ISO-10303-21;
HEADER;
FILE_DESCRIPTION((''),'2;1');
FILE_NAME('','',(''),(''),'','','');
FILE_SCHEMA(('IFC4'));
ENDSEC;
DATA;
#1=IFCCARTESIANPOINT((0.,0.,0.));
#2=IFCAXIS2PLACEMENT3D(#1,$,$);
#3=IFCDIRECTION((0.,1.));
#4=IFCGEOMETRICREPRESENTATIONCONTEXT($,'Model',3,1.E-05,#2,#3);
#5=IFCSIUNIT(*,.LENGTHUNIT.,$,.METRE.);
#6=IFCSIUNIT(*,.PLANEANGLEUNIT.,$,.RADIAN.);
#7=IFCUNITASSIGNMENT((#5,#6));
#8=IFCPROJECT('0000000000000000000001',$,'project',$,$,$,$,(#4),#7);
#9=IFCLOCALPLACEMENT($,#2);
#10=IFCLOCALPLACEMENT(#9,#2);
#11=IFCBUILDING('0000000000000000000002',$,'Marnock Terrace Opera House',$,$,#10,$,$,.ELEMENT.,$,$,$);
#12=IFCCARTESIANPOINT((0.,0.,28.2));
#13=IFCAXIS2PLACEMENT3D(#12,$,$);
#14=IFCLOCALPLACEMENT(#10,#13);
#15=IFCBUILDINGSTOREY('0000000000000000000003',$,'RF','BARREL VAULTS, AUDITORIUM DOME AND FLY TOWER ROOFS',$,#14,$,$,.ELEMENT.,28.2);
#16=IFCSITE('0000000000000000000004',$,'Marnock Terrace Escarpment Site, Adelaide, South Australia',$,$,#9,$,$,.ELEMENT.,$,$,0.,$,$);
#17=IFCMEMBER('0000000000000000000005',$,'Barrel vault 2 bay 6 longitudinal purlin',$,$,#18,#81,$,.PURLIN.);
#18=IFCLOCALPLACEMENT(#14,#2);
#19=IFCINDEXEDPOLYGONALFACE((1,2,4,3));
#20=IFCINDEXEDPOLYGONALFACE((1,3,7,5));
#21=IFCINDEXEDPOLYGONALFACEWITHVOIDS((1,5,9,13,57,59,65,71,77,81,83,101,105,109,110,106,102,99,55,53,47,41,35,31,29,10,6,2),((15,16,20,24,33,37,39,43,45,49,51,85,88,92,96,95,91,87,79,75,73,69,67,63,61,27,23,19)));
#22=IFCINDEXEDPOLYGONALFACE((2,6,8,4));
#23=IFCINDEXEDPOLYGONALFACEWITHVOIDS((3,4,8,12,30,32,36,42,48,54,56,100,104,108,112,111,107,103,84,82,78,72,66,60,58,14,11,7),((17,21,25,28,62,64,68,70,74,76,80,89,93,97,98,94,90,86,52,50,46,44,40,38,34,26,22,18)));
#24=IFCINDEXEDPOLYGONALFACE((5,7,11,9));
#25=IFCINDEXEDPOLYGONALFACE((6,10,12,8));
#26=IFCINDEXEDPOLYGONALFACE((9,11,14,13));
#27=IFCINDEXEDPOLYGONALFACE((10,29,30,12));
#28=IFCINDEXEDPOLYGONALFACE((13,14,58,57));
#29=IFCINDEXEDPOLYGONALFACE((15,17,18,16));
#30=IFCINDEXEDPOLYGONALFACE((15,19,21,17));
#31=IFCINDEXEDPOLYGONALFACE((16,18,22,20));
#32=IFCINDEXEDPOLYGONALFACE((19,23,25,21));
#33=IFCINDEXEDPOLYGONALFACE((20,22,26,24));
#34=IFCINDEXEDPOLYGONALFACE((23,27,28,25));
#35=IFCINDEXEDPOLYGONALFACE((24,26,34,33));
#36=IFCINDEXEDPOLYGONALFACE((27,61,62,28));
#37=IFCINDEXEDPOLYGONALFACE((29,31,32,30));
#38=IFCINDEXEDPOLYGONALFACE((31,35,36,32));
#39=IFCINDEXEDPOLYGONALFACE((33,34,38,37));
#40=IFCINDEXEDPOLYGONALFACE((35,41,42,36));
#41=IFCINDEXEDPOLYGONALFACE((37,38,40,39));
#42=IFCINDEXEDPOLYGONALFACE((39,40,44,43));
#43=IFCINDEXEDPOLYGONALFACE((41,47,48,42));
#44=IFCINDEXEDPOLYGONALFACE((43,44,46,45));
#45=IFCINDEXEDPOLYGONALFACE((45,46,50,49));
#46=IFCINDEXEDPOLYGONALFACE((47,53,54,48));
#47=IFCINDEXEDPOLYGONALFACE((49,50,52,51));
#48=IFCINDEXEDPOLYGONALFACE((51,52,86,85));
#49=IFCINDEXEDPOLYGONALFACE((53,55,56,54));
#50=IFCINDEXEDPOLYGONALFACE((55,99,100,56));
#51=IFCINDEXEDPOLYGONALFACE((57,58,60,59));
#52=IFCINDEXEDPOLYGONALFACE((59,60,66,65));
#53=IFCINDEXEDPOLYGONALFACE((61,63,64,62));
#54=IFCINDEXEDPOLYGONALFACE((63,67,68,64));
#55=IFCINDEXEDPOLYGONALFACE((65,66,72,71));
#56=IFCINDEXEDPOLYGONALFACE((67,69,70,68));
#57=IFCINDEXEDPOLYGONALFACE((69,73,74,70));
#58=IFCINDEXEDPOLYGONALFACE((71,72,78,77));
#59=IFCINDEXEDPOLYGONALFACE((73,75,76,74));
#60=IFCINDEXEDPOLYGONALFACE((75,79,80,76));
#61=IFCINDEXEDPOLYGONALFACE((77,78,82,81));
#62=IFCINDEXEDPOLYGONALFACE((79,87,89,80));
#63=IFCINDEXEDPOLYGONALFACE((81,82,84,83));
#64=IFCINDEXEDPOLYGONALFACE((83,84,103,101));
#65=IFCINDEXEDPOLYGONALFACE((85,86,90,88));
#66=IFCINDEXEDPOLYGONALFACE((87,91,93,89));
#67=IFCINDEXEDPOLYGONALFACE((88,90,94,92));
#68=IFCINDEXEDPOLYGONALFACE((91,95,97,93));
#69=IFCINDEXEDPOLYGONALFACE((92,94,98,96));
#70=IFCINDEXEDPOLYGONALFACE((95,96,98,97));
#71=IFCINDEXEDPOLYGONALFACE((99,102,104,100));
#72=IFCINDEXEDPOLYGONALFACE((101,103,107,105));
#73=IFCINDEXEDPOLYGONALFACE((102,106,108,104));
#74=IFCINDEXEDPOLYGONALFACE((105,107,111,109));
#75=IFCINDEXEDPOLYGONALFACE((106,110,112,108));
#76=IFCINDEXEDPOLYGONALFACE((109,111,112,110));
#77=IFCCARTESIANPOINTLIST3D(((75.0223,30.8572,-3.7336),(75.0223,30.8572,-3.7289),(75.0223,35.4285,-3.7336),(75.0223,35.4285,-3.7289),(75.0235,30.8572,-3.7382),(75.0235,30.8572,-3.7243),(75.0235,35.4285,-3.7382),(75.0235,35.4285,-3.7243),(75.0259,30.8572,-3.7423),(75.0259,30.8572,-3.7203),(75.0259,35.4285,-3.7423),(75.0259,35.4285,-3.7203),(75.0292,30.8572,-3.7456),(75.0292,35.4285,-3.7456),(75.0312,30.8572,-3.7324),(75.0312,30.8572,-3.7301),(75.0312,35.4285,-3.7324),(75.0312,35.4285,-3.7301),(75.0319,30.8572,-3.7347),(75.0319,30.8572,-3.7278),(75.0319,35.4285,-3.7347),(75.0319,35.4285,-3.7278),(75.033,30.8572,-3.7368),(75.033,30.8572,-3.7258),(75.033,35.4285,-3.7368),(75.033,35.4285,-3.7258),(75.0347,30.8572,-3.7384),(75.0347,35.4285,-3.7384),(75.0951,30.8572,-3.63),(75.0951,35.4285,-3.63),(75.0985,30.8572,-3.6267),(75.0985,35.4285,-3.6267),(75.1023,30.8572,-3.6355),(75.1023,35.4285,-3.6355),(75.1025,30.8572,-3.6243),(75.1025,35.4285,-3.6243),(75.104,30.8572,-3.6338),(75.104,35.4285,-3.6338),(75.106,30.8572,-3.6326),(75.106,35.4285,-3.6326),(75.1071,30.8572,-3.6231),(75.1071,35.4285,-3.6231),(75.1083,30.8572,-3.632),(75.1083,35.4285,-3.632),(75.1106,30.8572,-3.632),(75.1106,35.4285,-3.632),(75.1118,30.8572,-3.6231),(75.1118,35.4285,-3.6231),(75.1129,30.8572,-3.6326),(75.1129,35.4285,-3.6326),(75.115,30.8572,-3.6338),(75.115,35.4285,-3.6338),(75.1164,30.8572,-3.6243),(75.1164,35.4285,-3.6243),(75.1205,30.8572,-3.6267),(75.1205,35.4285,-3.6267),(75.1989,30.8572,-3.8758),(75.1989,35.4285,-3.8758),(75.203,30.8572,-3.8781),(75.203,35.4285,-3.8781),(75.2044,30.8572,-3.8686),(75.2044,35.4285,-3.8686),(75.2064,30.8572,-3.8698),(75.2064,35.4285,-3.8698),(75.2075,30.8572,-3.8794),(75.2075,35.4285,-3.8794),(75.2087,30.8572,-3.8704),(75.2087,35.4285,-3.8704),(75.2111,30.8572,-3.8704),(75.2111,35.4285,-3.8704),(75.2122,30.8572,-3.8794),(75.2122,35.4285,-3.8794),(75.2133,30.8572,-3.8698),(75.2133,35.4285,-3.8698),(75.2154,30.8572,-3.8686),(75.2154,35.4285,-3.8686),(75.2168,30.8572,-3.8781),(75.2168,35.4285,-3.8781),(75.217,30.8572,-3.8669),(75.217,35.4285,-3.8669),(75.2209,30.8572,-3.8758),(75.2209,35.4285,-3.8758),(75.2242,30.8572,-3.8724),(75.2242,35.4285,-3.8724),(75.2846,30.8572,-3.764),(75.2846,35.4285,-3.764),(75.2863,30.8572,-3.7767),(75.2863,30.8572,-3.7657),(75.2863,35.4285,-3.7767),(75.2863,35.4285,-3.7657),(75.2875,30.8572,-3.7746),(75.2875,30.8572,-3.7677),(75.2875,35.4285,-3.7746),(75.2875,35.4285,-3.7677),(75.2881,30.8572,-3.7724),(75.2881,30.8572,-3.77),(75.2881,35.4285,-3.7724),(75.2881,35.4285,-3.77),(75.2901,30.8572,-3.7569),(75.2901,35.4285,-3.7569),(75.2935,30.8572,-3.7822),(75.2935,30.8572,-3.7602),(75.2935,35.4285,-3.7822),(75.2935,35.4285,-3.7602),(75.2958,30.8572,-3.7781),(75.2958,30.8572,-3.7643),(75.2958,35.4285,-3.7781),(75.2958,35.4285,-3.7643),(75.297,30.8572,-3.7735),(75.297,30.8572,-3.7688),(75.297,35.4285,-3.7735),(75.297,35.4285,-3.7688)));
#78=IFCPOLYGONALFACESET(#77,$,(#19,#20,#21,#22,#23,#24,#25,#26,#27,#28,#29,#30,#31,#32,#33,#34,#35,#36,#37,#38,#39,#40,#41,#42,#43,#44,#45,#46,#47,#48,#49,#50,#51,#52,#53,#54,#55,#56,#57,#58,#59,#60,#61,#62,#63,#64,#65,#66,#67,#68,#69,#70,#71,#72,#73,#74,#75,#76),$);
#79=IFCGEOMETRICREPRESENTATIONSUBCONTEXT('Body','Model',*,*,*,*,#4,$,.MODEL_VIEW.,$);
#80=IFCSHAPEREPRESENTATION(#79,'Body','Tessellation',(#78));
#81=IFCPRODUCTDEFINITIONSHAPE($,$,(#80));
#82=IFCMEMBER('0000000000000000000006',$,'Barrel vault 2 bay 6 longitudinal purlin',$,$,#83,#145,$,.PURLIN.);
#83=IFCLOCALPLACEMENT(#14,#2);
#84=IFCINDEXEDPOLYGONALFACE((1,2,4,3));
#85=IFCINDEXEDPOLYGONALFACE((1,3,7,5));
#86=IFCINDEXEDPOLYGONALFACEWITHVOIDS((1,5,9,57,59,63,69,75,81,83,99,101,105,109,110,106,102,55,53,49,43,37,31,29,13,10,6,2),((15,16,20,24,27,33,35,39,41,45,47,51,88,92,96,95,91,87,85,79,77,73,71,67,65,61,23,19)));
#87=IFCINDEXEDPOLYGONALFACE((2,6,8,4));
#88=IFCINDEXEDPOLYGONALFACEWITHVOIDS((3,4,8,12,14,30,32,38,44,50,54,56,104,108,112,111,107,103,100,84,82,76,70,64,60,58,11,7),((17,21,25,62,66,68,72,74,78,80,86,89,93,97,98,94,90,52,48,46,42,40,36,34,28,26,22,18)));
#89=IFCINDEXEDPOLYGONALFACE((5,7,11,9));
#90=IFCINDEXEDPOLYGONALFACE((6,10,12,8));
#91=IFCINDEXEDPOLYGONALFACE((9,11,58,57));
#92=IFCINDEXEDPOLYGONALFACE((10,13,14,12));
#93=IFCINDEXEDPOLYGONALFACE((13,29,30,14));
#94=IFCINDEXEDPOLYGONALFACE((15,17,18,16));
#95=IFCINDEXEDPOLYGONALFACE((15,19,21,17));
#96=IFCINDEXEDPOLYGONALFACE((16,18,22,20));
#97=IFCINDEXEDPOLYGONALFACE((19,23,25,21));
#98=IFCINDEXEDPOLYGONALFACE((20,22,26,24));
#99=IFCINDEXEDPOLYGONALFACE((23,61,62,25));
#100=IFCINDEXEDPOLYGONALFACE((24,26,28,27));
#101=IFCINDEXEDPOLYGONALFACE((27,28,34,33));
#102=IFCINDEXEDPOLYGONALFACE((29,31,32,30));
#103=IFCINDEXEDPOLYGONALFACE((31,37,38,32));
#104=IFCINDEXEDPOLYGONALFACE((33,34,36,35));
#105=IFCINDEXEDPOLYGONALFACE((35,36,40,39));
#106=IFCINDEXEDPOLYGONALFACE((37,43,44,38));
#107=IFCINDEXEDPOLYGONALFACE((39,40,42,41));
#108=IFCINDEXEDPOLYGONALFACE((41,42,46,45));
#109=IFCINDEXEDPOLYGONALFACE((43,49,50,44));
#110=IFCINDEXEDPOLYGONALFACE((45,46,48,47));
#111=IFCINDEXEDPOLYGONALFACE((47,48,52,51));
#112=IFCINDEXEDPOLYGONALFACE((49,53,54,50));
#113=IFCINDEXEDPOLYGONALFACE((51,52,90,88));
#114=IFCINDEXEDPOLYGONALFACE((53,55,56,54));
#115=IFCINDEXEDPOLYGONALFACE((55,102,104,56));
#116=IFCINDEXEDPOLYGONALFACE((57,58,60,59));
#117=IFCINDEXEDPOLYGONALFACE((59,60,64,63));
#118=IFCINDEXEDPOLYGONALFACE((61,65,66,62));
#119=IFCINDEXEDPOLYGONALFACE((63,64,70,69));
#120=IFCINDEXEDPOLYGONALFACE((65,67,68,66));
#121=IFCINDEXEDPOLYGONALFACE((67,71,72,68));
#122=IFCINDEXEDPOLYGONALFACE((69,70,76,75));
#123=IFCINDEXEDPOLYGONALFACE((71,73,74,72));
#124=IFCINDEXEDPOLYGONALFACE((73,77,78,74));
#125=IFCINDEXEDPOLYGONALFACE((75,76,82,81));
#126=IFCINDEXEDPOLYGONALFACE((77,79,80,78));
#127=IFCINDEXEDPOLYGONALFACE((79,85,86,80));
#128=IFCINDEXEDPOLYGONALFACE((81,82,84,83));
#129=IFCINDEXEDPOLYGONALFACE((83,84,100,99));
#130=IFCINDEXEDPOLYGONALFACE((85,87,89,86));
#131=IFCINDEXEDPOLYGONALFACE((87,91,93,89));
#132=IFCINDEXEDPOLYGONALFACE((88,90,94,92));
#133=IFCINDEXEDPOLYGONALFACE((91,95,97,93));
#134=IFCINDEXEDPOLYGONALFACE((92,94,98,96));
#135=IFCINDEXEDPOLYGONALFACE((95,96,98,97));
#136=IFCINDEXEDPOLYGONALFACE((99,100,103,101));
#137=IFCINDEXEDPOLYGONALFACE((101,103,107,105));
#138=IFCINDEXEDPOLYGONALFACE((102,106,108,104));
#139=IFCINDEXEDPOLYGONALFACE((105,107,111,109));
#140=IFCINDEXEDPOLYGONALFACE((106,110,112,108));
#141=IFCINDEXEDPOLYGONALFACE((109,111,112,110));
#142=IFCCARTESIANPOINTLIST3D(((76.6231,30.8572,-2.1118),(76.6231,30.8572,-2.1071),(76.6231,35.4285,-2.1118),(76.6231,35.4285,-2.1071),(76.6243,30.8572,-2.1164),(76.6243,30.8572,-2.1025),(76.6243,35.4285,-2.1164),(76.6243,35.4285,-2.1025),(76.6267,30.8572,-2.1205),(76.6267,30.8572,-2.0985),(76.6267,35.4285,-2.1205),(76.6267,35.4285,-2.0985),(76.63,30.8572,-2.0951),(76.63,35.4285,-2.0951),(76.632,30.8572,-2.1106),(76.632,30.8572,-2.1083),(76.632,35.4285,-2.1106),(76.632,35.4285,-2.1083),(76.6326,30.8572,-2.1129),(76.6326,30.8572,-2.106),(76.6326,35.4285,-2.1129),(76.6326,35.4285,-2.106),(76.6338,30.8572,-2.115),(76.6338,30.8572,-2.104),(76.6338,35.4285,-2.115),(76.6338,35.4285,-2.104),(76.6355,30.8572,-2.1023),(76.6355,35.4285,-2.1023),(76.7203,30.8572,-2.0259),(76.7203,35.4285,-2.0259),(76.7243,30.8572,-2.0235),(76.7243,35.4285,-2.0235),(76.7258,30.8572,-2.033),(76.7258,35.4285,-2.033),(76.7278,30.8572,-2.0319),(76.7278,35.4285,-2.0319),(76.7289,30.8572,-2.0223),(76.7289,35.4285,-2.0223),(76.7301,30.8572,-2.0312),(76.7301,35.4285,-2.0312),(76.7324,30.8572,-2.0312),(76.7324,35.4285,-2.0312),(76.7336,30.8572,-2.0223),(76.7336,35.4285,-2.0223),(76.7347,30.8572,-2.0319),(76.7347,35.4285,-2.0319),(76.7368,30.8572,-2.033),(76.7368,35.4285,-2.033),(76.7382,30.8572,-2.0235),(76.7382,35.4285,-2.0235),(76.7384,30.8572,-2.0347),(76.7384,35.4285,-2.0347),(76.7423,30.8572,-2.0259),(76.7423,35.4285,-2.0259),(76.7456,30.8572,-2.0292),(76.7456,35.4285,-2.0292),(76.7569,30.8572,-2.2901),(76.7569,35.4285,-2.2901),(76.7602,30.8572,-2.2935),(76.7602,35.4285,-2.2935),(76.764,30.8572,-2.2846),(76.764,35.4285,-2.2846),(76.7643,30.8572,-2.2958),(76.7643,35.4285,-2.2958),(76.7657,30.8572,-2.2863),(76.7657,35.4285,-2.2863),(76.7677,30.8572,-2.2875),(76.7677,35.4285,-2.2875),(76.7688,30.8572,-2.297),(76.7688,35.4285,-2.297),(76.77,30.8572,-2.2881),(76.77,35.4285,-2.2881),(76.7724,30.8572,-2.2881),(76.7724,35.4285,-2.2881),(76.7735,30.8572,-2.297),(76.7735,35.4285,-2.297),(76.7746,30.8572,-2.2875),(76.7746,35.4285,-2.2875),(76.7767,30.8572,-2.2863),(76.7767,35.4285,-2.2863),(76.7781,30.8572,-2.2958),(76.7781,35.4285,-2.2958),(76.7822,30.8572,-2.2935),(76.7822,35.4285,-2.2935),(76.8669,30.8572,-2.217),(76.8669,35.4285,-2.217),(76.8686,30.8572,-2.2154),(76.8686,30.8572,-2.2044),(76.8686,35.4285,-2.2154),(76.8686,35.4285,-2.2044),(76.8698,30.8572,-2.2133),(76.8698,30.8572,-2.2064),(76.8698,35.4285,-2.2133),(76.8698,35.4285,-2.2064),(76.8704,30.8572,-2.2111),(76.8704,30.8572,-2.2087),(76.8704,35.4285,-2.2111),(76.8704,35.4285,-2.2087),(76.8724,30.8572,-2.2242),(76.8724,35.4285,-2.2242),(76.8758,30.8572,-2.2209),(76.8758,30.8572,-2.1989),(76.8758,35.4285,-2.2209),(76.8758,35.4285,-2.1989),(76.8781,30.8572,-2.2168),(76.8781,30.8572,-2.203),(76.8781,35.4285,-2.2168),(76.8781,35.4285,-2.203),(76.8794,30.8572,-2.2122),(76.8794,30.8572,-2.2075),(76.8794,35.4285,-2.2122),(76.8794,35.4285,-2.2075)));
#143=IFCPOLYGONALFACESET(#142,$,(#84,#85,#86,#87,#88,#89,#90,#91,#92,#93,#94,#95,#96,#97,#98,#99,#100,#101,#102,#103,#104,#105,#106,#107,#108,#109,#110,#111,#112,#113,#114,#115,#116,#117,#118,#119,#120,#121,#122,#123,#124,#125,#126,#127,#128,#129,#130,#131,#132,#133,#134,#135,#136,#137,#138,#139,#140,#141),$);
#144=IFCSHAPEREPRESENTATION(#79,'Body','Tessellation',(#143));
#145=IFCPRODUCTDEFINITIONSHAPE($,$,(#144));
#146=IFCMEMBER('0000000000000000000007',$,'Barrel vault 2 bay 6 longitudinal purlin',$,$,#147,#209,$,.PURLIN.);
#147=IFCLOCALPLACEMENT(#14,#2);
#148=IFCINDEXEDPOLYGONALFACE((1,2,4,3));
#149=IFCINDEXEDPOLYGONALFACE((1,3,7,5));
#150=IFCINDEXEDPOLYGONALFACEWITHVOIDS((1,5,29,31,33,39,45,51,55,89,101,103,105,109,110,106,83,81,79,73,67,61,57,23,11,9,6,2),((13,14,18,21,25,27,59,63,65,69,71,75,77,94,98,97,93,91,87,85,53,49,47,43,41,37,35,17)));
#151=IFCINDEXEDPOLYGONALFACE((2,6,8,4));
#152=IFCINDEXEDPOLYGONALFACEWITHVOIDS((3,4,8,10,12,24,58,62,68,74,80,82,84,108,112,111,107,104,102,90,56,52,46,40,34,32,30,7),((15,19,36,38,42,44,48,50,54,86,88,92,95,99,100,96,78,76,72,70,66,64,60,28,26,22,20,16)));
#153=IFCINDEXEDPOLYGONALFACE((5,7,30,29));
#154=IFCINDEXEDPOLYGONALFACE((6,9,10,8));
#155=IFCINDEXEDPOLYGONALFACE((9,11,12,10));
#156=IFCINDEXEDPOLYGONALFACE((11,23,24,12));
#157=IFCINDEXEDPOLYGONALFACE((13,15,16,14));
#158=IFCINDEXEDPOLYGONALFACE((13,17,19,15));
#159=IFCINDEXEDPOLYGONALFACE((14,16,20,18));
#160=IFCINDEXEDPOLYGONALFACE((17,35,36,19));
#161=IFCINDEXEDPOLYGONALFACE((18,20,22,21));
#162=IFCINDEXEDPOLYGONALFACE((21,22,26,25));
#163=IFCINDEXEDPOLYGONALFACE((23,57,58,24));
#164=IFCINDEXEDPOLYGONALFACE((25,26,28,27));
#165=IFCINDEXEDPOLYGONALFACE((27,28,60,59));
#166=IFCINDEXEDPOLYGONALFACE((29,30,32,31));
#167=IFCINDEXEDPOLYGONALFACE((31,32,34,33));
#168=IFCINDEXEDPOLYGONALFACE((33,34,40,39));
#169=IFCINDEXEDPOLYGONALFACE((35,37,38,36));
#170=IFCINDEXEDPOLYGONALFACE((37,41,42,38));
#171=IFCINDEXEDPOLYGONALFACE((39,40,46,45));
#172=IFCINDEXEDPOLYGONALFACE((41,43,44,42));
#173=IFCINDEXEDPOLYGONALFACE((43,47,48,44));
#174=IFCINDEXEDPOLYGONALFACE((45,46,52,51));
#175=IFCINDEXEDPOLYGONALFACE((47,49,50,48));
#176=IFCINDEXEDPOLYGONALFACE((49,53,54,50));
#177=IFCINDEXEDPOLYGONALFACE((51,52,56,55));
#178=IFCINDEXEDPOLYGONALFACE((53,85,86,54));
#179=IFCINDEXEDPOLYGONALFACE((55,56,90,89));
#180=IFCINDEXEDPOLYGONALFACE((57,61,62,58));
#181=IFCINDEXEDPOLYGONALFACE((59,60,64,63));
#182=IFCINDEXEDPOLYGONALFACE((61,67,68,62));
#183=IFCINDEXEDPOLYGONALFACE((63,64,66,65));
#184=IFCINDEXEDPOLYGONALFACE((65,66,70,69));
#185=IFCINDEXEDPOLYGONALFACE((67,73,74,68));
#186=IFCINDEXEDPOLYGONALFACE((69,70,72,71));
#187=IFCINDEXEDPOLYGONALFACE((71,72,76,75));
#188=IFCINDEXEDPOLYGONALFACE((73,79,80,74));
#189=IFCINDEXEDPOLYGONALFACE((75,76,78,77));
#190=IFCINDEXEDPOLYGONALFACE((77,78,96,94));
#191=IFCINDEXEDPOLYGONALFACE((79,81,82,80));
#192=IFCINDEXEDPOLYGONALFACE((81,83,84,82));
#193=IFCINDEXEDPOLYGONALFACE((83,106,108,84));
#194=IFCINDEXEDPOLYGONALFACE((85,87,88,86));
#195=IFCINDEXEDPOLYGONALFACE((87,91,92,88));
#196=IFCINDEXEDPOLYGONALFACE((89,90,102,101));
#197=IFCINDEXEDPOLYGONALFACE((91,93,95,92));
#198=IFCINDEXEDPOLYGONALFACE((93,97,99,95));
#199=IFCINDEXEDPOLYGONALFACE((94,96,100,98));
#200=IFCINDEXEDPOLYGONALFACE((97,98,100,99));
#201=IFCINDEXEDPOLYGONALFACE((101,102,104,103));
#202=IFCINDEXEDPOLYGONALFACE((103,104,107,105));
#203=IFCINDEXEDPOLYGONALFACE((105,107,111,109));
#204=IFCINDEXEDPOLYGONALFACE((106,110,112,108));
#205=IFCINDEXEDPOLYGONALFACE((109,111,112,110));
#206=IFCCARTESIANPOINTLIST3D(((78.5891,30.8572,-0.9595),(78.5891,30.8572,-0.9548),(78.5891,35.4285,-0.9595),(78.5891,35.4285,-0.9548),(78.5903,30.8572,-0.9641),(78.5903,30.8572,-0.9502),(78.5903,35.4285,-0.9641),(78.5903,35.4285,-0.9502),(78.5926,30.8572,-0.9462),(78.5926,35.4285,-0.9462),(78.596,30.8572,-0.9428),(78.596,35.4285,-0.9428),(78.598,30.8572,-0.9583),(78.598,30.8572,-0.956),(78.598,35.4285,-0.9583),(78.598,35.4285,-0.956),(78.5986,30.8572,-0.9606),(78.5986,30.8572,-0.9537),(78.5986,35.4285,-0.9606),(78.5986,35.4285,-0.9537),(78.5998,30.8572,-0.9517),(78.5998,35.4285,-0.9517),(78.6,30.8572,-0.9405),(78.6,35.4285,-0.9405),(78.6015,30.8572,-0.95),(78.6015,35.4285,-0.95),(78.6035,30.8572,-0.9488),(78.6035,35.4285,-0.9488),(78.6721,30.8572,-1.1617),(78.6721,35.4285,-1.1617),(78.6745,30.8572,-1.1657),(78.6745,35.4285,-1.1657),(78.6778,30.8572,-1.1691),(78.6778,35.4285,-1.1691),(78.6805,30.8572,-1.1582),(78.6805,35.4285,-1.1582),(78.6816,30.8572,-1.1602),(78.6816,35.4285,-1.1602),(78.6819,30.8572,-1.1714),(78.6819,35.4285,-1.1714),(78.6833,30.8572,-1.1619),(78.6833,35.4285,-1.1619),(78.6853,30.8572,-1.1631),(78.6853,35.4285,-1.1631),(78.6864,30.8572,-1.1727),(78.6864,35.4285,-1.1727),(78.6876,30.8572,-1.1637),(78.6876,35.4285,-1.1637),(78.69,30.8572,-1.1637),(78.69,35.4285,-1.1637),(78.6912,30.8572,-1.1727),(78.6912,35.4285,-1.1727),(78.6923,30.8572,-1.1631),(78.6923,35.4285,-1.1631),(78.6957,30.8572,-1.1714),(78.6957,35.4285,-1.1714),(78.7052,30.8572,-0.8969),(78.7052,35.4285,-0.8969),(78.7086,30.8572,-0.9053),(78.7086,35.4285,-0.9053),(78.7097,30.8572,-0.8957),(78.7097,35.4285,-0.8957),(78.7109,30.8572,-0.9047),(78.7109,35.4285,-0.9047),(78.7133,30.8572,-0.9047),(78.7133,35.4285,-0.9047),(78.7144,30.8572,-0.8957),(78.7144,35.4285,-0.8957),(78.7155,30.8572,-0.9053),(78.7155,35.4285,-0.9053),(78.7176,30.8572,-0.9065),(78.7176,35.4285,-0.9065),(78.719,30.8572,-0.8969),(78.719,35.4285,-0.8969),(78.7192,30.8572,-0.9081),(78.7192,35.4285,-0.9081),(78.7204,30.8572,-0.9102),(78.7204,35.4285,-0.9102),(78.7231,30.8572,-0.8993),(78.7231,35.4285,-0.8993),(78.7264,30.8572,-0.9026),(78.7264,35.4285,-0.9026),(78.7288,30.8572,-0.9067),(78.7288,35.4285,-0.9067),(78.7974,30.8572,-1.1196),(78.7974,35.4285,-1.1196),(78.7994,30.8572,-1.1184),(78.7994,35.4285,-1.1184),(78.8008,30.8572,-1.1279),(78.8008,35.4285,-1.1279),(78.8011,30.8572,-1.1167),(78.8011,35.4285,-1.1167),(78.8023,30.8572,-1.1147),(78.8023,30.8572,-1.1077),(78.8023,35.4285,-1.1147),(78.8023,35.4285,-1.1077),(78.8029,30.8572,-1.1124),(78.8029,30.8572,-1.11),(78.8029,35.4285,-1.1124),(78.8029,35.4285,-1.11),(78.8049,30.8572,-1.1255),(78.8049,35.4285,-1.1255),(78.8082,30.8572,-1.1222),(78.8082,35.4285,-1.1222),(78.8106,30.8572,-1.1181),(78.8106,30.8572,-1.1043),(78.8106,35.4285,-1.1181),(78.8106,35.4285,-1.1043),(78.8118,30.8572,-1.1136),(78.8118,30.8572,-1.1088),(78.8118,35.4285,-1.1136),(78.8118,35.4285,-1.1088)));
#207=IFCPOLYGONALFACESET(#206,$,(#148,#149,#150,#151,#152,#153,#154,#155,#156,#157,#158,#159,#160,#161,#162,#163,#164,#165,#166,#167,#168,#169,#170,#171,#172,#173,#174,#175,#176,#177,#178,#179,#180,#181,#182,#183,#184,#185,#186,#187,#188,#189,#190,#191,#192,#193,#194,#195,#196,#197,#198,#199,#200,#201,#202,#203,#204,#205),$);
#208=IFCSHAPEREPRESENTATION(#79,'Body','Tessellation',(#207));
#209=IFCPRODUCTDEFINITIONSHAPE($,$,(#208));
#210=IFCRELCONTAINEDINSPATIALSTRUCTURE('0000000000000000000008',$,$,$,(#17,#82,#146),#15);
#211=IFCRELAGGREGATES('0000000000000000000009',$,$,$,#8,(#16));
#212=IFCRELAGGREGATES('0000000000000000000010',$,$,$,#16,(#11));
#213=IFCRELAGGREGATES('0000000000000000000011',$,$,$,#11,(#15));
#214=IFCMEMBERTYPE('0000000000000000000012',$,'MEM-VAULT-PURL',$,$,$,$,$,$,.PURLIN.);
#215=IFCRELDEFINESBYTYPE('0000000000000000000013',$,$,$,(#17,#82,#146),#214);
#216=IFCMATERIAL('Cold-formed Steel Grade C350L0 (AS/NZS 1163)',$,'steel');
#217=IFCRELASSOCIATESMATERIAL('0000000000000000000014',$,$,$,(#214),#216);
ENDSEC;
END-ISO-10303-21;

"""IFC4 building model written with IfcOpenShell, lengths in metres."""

from ifc_helpers import new_model, si_unit, direction, frame, origin, origin_2d, place, context, subcontext, project, spatial, hollow_rectangle, extrude, material, material_profile, profile_set, type_object, element, save


model = new_model("IFC4")

# Units and contexts
model_context = context("Model", 3, precision=1e-05, world=origin(), true_north=direction((0.0, 1.0)))
body_context = subcontext(model_context, "Body", "Model", "MODEL_VIEW")
ifc_project = project(units=[si_unit("LENGTHUNIT", "METRE"), si_unit("PLANEANGLEUNIT", "RADIAN")], contexts=[model_context])

# Site, building, storey
site_placement = place(None, origin())
site = spatial("IfcSite", under=ifc_project, at=site_placement, Name="Marnock Terrace Escarpment Site, Adelaide, South Australia", CompositionType="ELEMENT", RefElevation=0.0)
building_placement = place(site_placement, origin())
building = spatial("IfcBuilding", under=site, at=building_placement, Name="Marnock Terrace Opera House", CompositionType="ELEMENT")
storey_placement = place(building_placement, frame((0.0, 0.0, 28.2)))
storey = spatial("IfcBuildingStorey", under=building, at=storey_placement, Name="RF", Description="BARREL VAULTS, AUDITORIUM DOME AND FLY TOWER ROOFS", CompositionType="ELEMENT", Elevation=28.2)

# Members
ifc_material = material(Name="Cold-formed Steel Grade C350L0 (AS/NZS 1163)", Category="steel")
ifc_material_profile_1 = material_profile(ifc_material, hollow_rectangle(XDim=0.1499, YDim=0.25, WallThickness=0.009, InnerFilletRadius=0.009, OuterFilletRadius=0.0181, at=origin_2d()))
ifc_profile_set_1 = profile_set([ifc_material_profile_1], Name="Cold-formed Steel Grade C350L0 (AS/NZS 1163)")
member_type_1 = type_object("IfcMemberType", Name="MEM-VAULT-PURL", PredefinedType="PURLIN", material=ifc_profile_set_1)
for number, where, z_axis, x_axis, name in (
    (1, (75.1597, 30.8572, -3.7512), (0.0, 1.0, 0.0), (-0.608761, 0.0, -0.793353), "Barrel vault 2 bay 6 longitudinal purlin"),
    (2, (76.7512, 30.8572, -2.1597), (0.0, 1.0, 0.0), (-0.793353, 0.0, -0.608761), "Barrel vault 2 bay 6 longitudinal purlin"),
    (3, (78.7004, 30.8572, -1.0342), (0.0, 1.0, 0.0), (-0.92388, 0.0, -0.382683), "Barrel vault 2 bay 6 longitudinal purlin"),
):
    element("IfcMember", number, at=place(storey_placement, frame(where, z_axis=z_axis, x_axis=x_axis)), inside=storey, type_object=member_type_1, Name=name, PredefinedType="PURLIN", context=body_context, shape_type="SweptSolid", body=[
        extrude(hollow_rectangle(XDim=0.1499, YDim=0.25, WallThickness=0.009, InnerFilletRadius=0.009, OuterFilletRadius=0.0181, at=origin_2d()), origin(), (0.0, 0.0, 1.0), 4.5713),
    ])

save(model, "model.ifc")
